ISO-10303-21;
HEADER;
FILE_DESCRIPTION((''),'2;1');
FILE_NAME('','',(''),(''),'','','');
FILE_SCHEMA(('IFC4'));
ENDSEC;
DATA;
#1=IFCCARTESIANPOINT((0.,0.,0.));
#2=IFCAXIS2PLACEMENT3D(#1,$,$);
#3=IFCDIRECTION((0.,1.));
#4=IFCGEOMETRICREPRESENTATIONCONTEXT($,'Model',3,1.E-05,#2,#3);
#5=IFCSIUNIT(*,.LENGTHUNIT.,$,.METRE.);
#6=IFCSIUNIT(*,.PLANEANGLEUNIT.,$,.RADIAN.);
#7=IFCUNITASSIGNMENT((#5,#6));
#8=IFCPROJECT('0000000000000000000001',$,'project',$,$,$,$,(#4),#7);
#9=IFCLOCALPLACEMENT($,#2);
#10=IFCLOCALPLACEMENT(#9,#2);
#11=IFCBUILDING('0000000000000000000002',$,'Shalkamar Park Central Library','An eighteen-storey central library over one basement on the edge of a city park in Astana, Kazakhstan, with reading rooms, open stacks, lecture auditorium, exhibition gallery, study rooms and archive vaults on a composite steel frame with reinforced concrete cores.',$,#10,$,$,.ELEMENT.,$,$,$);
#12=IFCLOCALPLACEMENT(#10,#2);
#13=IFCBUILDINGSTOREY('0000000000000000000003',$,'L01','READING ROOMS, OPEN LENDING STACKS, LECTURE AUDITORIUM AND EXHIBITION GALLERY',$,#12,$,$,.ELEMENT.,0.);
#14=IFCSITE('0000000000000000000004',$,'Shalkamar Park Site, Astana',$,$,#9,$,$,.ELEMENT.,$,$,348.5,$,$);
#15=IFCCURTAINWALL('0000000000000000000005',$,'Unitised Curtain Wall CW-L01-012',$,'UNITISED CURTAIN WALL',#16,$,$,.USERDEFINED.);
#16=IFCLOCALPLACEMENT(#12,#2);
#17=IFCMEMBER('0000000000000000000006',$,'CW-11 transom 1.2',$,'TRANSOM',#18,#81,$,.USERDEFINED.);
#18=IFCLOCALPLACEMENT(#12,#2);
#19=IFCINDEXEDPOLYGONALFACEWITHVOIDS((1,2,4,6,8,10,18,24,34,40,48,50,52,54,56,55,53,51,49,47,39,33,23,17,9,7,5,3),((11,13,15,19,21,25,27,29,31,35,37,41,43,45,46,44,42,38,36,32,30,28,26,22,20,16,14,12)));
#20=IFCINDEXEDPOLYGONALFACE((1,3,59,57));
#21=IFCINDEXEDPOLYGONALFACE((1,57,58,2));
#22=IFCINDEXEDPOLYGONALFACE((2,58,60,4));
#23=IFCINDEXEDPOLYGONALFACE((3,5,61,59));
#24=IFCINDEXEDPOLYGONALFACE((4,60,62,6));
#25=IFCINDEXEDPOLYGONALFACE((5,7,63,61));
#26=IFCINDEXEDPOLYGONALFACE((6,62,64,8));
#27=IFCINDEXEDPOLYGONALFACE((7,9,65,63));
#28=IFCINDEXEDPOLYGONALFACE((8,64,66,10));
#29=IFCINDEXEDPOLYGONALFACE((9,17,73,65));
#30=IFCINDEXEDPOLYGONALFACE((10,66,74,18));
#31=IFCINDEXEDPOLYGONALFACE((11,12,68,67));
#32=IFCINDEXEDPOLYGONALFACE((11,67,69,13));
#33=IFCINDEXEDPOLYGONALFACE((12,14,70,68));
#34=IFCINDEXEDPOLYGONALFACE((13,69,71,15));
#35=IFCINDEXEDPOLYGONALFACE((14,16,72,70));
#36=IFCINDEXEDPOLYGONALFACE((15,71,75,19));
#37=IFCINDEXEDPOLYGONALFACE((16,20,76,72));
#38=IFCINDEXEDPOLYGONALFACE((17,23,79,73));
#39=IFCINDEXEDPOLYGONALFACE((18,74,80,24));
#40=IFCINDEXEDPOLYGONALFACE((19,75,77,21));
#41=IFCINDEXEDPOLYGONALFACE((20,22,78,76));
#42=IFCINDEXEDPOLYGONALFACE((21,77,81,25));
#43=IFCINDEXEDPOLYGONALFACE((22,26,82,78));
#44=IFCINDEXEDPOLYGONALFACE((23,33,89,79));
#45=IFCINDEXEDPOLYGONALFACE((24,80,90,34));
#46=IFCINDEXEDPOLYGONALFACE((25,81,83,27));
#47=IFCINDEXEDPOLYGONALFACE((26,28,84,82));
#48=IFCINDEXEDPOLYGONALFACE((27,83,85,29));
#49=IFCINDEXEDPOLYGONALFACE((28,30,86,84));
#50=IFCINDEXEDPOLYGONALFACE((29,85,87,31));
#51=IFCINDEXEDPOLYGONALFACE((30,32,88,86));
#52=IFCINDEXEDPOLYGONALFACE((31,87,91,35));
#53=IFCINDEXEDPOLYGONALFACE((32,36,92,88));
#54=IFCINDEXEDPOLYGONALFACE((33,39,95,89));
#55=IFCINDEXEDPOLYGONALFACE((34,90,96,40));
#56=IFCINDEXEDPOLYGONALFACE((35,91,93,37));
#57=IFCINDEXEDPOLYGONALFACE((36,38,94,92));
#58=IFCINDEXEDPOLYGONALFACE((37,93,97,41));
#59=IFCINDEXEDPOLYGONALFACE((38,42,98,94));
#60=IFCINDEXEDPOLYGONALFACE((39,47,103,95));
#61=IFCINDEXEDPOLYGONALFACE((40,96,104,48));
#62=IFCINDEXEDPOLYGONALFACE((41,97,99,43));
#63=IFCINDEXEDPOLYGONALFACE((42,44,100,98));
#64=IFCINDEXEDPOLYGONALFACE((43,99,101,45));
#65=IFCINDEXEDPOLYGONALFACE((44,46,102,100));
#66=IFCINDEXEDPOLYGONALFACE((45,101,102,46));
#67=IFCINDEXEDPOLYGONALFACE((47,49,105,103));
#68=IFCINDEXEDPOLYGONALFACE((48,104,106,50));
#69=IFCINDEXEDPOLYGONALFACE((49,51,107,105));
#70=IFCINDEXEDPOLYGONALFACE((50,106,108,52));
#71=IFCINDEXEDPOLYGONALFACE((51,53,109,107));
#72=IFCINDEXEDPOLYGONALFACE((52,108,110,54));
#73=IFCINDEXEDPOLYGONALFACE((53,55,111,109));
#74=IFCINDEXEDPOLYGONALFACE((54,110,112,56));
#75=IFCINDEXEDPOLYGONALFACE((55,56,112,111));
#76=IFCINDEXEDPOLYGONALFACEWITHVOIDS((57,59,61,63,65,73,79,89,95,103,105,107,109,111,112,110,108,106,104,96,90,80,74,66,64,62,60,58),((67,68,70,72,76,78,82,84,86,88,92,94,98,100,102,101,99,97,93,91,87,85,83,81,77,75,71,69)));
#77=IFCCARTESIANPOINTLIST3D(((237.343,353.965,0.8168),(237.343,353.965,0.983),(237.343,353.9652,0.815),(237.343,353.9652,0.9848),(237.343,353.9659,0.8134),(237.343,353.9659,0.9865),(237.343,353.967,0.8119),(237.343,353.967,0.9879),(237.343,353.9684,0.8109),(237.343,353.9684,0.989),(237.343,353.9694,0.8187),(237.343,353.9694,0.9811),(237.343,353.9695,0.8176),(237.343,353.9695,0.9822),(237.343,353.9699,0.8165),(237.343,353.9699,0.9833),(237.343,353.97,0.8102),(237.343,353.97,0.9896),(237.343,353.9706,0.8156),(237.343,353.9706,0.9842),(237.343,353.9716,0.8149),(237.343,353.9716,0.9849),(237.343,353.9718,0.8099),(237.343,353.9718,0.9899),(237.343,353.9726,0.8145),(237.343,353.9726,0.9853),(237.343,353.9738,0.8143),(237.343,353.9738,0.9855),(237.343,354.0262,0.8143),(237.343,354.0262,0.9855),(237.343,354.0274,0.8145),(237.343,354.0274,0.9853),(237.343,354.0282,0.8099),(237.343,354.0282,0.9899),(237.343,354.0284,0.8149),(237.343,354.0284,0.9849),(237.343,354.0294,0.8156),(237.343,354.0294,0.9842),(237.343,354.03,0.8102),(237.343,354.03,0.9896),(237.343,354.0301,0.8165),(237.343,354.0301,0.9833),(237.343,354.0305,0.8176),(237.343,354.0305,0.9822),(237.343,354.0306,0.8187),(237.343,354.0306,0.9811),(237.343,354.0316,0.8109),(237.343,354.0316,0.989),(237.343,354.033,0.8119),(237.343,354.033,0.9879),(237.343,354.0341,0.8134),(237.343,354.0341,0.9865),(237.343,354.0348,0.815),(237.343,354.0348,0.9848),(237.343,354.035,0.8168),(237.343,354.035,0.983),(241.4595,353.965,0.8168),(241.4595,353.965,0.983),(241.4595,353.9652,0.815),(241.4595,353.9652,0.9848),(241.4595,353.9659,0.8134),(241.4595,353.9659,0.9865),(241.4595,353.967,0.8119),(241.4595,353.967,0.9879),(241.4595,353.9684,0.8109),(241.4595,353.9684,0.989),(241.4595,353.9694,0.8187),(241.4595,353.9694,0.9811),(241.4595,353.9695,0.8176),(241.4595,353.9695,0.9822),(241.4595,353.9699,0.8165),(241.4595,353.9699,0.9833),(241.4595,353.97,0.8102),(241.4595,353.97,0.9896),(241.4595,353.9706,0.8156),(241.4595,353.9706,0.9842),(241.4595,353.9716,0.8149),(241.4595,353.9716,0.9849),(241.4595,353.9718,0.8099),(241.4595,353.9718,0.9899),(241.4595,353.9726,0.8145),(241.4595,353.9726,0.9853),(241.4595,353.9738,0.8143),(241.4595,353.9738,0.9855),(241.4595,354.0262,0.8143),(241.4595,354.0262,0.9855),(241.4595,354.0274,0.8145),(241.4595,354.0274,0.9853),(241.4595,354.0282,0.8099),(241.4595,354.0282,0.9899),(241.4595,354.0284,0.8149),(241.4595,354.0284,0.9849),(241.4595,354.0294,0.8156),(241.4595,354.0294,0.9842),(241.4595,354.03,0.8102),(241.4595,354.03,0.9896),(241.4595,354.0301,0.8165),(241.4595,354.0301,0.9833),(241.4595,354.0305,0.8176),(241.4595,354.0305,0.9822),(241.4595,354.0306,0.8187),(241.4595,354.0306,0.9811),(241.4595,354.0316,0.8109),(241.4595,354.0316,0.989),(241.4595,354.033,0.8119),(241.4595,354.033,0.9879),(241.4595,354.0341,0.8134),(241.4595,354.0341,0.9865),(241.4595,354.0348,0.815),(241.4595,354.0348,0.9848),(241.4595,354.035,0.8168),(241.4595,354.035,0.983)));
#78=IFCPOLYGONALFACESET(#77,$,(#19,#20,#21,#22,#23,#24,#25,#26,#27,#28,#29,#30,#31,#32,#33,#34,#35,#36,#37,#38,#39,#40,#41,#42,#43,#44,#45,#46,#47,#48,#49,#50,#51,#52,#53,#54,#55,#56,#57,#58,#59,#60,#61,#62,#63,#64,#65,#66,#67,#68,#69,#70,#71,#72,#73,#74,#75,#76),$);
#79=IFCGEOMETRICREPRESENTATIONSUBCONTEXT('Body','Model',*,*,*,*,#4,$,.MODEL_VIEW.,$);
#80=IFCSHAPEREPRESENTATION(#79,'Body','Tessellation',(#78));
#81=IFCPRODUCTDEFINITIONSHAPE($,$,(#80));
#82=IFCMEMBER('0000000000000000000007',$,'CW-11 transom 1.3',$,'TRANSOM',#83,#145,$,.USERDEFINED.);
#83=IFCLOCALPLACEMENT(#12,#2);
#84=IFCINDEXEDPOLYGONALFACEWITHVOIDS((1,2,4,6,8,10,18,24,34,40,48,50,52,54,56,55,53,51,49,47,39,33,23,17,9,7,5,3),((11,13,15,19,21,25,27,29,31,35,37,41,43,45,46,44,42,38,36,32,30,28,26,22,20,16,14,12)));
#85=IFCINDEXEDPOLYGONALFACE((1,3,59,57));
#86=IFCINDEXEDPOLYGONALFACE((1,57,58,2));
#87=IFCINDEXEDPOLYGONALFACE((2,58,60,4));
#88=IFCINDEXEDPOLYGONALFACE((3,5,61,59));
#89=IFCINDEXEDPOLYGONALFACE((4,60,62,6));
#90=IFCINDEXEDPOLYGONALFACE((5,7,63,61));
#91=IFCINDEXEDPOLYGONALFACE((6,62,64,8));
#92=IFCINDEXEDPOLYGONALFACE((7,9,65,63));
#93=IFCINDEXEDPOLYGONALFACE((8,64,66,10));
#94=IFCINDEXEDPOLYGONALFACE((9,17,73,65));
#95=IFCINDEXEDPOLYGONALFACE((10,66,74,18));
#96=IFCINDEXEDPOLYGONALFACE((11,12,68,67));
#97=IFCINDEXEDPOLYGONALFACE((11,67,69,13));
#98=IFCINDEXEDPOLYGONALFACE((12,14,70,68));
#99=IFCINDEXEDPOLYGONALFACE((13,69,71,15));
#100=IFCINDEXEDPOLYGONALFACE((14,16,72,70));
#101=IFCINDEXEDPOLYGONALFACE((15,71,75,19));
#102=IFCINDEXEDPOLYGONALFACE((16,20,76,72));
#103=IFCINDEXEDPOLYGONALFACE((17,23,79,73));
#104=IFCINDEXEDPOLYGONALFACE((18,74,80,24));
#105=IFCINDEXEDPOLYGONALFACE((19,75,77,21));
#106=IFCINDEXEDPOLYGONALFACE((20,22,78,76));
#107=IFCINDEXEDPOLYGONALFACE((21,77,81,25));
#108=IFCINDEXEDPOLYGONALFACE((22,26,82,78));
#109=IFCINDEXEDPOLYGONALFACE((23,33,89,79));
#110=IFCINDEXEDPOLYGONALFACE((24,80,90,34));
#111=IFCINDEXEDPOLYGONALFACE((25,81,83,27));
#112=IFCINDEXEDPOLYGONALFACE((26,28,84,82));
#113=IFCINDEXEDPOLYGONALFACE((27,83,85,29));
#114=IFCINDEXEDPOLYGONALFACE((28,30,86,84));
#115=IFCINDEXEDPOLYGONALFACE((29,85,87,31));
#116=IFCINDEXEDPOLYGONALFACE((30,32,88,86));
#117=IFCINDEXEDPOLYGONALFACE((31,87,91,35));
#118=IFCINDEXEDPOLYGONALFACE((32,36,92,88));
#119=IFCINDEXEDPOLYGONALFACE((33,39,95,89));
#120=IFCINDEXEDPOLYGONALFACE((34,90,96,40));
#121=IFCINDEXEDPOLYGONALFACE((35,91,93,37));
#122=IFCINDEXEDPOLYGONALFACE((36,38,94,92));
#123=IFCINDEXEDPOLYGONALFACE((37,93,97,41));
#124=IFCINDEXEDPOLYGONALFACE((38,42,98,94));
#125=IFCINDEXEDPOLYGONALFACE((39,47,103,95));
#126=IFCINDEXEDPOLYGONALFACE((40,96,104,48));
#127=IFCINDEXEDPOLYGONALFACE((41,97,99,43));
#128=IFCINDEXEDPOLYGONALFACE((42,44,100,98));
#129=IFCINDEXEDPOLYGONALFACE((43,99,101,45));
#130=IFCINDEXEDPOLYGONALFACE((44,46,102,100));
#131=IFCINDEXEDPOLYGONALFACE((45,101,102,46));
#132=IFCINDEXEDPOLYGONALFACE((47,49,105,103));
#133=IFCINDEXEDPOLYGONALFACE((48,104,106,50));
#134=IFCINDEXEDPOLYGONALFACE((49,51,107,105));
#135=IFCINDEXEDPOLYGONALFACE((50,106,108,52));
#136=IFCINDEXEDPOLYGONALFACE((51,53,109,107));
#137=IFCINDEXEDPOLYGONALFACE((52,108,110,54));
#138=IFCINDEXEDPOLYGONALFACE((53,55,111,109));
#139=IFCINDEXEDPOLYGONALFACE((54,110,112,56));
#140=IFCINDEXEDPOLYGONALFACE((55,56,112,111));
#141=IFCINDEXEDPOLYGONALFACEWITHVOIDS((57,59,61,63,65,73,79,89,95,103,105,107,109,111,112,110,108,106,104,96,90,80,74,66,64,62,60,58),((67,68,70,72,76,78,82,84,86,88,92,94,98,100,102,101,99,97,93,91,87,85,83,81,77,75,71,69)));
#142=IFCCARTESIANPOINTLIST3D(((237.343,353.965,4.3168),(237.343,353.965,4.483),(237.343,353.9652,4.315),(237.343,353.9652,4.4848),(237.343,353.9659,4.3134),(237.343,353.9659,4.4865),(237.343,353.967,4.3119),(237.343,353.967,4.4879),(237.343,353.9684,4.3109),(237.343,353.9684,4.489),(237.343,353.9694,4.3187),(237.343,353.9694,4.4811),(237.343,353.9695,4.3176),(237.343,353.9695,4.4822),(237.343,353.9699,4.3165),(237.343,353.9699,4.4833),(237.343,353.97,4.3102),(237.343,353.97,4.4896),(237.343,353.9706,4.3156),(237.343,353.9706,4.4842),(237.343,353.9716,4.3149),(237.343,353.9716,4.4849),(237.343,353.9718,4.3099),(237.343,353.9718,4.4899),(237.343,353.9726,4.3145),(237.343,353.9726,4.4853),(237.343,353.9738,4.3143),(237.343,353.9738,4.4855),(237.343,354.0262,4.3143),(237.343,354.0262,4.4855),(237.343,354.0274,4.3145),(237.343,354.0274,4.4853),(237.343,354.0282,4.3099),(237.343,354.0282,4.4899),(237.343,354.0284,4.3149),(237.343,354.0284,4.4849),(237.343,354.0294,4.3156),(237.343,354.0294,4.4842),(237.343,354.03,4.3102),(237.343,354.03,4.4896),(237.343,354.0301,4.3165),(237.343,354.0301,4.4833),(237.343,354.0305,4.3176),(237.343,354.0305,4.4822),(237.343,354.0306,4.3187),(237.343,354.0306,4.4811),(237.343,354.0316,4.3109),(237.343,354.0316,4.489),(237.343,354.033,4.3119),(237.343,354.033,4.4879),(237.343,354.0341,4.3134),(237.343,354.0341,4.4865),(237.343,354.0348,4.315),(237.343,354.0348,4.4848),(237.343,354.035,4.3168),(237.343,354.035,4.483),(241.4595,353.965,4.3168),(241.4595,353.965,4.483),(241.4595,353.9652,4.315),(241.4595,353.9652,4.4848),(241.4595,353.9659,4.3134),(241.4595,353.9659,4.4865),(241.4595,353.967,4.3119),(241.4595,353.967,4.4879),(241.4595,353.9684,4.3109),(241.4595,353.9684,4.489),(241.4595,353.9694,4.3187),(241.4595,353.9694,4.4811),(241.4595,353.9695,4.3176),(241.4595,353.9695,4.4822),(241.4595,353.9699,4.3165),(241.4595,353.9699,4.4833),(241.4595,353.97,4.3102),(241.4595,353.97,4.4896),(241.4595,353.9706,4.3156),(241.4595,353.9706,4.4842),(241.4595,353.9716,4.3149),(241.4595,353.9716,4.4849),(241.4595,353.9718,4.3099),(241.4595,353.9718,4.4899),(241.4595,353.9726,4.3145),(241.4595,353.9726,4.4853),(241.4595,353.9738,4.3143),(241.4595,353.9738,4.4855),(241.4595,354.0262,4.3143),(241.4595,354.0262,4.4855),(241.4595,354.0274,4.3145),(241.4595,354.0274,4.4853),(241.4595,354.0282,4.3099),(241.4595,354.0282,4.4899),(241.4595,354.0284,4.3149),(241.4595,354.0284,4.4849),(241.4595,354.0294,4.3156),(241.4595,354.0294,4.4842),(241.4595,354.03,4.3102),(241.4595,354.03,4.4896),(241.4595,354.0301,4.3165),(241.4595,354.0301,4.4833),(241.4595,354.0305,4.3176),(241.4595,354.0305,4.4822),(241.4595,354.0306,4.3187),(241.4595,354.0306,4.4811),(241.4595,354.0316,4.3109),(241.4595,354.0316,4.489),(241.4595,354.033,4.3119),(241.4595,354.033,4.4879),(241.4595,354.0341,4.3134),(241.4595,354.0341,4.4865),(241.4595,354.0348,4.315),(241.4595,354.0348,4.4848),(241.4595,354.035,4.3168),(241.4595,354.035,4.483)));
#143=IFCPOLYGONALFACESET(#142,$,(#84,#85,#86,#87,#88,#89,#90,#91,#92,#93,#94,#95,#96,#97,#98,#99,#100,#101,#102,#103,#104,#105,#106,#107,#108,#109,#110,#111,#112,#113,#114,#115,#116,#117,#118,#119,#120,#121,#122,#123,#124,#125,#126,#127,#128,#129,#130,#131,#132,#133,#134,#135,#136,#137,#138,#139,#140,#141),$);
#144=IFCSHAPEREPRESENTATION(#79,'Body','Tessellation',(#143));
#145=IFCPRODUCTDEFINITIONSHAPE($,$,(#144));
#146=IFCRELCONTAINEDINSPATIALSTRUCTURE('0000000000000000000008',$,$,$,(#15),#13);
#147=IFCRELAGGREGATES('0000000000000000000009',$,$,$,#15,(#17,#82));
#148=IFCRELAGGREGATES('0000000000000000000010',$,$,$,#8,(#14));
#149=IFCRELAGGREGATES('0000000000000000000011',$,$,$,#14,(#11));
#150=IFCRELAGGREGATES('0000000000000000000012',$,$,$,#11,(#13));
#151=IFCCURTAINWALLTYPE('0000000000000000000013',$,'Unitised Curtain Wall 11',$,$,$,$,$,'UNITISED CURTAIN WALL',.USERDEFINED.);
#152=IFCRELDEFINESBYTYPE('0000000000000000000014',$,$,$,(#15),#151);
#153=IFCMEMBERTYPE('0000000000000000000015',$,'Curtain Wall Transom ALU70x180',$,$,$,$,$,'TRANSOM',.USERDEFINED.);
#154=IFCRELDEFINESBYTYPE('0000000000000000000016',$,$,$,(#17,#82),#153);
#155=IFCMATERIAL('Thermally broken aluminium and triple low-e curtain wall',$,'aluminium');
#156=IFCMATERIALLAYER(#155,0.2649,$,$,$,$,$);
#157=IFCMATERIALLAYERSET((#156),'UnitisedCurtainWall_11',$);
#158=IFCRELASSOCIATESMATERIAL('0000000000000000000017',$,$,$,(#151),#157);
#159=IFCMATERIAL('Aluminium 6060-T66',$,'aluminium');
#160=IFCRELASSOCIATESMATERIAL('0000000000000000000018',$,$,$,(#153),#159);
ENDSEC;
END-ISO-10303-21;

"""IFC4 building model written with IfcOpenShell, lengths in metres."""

from ifc_helpers import new_model, si_unit, direction, frame, origin, origin_2d, place, context, subcontext, project, spatial, hollow_rectangle, extrude, material, layer, layer_set, material_profile, profile_set, type_object, element, aggregate, save


model = new_model("IFC4")

# Units and contexts
model_context = context("Model", 3, precision=1e-05, world=origin(), true_north=direction((0.0, 1.0)))
body_context = subcontext(model_context, "Body", "Model", "MODEL_VIEW")
ifc_project = project(units=[si_unit("LENGTHUNIT", "METRE"), si_unit("PLANEANGLEUNIT", "RADIAN")], contexts=[model_context])

# Site, building, storey
site_placement = place(None, origin())
site = spatial("IfcSite", under=ifc_project, at=site_placement, Name="Shalkamar Park Site, Astana", CompositionType="ELEMENT", RefElevation=348.5)
building_placement = place(site_placement, origin())
building = spatial("IfcBuilding", under=site, at=building_placement, Name="Shalkamar Park Central Library", Description="An eighteen-storey central library over one basement on the edge of a city park in Astana, Kazakhstan, with reading rooms, open stacks, lecture auditorium, exhibition gallery, study rooms and archive vaults on a composite steel frame with reinforced concrete cores.", CompositionType="ELEMENT")
storey_placement = place(building_placement, origin())
storey = spatial("IfcBuildingStorey", under=building, at=storey_placement, Name="L01", Description="READING ROOMS, OPEN LENDING STACKS, LECTURE AUDITORIUM AND EXHIBITION GALLERY", CompositionType="ELEMENT", Elevation=0.0)

# Curtain wall
ifc_material_1 = material(Name="Thermally broken aluminium and triple low-e curtain wall", Category="aluminium")
ifc_material_2 = material(Name="Aluminium 6060-T66", Category="aluminium")
ifc_layer_1 = layer(ifc_material_1, 0.2649)
ifc_layer_set_1 = layer_set([ifc_layer_1], Name="UnitisedCurtainWall_11")
curtain_wall_type_1 = type_object("IfcCurtainWallType", Name="Unitised Curtain Wall 11", ElementType="UNITISED CURTAIN WALL", PredefinedType="USERDEFINED", material=ifc_layer_set_1)
curtain_wall_1_placement = place(storey_placement, origin())
curtain_wall_1 = element("IfcCurtainWall", 1, at=curtain_wall_1_placement, inside=storey, type_object=curtain_wall_type_1, Name="Unitised Curtain Wall CW-L01-012", ObjectType="UNITISED CURTAIN WALL", PredefinedType="USERDEFINED")

# Members
ifc_material_profile_1 = material_profile(ifc_material_2, hollow_rectangle(XDim=0.0701, YDim=0.1799, WallThickness=0.0044, InnerFilletRadius=0.0044, OuterFilletRadius=0.0068, at=origin_2d()), Name="ALU 70x180x4.5")
ifc_profile_set_1 = profile_set([ifc_material_profile_1], Name="Aluminium 6060-T66")
member_type_1 = type_object("IfcMemberType", Name="Curtain Wall Transom ALU70x180", ElementType="TRANSOM", PredefinedType="USERDEFINED", material=ifc_profile_set_1)
member_1_placement = place(storey_placement, frame((237.343, 354.0, 0.8999), z_axis=(1.0, 0.0, 0.0), x_axis=(0.0, 1.0, 0.0)))
member_1 = element("IfcMember", 2, at=member_1_placement, type_object=member_type_1, Name="CW-11 transom 1.2", ObjectType="TRANSOM", PredefinedType="USERDEFINED", context=body_context, shape_type="SweptSolid", body=[
    extrude(hollow_rectangle(XDim=0.0701, YDim=0.1799, WallThickness=0.0044, InnerFilletRadius=0.0044, OuterFilletRadius=0.0068, at=origin_2d()), origin(), (0.0, 0.0, 1.0), 4.1165),
])
member_2_placement = place(storey_placement, frame((237.343, 354.0, 4.3999), z_axis=(1.0, 0.0, 0.0), x_axis=(0.0, 1.0, 0.0)))
member_2 = element("IfcMember", 3, at=member_2_placement, type_object=member_type_1, Name="CW-11 transom 1.3", ObjectType="TRANSOM", PredefinedType="USERDEFINED", context=body_context, shape_type="SweptSolid", body=[
    extrude(hollow_rectangle(XDim=0.0701, YDim=0.1799, WallThickness=0.0044, InnerFilletRadius=0.0044, OuterFilletRadius=0.0068, at=origin_2d()), origin(), (0.0, 0.0, 1.0), 4.1165),
])

aggregate(curtain_wall_1, [member_1, member_2])

save(model, "model.ifc")
